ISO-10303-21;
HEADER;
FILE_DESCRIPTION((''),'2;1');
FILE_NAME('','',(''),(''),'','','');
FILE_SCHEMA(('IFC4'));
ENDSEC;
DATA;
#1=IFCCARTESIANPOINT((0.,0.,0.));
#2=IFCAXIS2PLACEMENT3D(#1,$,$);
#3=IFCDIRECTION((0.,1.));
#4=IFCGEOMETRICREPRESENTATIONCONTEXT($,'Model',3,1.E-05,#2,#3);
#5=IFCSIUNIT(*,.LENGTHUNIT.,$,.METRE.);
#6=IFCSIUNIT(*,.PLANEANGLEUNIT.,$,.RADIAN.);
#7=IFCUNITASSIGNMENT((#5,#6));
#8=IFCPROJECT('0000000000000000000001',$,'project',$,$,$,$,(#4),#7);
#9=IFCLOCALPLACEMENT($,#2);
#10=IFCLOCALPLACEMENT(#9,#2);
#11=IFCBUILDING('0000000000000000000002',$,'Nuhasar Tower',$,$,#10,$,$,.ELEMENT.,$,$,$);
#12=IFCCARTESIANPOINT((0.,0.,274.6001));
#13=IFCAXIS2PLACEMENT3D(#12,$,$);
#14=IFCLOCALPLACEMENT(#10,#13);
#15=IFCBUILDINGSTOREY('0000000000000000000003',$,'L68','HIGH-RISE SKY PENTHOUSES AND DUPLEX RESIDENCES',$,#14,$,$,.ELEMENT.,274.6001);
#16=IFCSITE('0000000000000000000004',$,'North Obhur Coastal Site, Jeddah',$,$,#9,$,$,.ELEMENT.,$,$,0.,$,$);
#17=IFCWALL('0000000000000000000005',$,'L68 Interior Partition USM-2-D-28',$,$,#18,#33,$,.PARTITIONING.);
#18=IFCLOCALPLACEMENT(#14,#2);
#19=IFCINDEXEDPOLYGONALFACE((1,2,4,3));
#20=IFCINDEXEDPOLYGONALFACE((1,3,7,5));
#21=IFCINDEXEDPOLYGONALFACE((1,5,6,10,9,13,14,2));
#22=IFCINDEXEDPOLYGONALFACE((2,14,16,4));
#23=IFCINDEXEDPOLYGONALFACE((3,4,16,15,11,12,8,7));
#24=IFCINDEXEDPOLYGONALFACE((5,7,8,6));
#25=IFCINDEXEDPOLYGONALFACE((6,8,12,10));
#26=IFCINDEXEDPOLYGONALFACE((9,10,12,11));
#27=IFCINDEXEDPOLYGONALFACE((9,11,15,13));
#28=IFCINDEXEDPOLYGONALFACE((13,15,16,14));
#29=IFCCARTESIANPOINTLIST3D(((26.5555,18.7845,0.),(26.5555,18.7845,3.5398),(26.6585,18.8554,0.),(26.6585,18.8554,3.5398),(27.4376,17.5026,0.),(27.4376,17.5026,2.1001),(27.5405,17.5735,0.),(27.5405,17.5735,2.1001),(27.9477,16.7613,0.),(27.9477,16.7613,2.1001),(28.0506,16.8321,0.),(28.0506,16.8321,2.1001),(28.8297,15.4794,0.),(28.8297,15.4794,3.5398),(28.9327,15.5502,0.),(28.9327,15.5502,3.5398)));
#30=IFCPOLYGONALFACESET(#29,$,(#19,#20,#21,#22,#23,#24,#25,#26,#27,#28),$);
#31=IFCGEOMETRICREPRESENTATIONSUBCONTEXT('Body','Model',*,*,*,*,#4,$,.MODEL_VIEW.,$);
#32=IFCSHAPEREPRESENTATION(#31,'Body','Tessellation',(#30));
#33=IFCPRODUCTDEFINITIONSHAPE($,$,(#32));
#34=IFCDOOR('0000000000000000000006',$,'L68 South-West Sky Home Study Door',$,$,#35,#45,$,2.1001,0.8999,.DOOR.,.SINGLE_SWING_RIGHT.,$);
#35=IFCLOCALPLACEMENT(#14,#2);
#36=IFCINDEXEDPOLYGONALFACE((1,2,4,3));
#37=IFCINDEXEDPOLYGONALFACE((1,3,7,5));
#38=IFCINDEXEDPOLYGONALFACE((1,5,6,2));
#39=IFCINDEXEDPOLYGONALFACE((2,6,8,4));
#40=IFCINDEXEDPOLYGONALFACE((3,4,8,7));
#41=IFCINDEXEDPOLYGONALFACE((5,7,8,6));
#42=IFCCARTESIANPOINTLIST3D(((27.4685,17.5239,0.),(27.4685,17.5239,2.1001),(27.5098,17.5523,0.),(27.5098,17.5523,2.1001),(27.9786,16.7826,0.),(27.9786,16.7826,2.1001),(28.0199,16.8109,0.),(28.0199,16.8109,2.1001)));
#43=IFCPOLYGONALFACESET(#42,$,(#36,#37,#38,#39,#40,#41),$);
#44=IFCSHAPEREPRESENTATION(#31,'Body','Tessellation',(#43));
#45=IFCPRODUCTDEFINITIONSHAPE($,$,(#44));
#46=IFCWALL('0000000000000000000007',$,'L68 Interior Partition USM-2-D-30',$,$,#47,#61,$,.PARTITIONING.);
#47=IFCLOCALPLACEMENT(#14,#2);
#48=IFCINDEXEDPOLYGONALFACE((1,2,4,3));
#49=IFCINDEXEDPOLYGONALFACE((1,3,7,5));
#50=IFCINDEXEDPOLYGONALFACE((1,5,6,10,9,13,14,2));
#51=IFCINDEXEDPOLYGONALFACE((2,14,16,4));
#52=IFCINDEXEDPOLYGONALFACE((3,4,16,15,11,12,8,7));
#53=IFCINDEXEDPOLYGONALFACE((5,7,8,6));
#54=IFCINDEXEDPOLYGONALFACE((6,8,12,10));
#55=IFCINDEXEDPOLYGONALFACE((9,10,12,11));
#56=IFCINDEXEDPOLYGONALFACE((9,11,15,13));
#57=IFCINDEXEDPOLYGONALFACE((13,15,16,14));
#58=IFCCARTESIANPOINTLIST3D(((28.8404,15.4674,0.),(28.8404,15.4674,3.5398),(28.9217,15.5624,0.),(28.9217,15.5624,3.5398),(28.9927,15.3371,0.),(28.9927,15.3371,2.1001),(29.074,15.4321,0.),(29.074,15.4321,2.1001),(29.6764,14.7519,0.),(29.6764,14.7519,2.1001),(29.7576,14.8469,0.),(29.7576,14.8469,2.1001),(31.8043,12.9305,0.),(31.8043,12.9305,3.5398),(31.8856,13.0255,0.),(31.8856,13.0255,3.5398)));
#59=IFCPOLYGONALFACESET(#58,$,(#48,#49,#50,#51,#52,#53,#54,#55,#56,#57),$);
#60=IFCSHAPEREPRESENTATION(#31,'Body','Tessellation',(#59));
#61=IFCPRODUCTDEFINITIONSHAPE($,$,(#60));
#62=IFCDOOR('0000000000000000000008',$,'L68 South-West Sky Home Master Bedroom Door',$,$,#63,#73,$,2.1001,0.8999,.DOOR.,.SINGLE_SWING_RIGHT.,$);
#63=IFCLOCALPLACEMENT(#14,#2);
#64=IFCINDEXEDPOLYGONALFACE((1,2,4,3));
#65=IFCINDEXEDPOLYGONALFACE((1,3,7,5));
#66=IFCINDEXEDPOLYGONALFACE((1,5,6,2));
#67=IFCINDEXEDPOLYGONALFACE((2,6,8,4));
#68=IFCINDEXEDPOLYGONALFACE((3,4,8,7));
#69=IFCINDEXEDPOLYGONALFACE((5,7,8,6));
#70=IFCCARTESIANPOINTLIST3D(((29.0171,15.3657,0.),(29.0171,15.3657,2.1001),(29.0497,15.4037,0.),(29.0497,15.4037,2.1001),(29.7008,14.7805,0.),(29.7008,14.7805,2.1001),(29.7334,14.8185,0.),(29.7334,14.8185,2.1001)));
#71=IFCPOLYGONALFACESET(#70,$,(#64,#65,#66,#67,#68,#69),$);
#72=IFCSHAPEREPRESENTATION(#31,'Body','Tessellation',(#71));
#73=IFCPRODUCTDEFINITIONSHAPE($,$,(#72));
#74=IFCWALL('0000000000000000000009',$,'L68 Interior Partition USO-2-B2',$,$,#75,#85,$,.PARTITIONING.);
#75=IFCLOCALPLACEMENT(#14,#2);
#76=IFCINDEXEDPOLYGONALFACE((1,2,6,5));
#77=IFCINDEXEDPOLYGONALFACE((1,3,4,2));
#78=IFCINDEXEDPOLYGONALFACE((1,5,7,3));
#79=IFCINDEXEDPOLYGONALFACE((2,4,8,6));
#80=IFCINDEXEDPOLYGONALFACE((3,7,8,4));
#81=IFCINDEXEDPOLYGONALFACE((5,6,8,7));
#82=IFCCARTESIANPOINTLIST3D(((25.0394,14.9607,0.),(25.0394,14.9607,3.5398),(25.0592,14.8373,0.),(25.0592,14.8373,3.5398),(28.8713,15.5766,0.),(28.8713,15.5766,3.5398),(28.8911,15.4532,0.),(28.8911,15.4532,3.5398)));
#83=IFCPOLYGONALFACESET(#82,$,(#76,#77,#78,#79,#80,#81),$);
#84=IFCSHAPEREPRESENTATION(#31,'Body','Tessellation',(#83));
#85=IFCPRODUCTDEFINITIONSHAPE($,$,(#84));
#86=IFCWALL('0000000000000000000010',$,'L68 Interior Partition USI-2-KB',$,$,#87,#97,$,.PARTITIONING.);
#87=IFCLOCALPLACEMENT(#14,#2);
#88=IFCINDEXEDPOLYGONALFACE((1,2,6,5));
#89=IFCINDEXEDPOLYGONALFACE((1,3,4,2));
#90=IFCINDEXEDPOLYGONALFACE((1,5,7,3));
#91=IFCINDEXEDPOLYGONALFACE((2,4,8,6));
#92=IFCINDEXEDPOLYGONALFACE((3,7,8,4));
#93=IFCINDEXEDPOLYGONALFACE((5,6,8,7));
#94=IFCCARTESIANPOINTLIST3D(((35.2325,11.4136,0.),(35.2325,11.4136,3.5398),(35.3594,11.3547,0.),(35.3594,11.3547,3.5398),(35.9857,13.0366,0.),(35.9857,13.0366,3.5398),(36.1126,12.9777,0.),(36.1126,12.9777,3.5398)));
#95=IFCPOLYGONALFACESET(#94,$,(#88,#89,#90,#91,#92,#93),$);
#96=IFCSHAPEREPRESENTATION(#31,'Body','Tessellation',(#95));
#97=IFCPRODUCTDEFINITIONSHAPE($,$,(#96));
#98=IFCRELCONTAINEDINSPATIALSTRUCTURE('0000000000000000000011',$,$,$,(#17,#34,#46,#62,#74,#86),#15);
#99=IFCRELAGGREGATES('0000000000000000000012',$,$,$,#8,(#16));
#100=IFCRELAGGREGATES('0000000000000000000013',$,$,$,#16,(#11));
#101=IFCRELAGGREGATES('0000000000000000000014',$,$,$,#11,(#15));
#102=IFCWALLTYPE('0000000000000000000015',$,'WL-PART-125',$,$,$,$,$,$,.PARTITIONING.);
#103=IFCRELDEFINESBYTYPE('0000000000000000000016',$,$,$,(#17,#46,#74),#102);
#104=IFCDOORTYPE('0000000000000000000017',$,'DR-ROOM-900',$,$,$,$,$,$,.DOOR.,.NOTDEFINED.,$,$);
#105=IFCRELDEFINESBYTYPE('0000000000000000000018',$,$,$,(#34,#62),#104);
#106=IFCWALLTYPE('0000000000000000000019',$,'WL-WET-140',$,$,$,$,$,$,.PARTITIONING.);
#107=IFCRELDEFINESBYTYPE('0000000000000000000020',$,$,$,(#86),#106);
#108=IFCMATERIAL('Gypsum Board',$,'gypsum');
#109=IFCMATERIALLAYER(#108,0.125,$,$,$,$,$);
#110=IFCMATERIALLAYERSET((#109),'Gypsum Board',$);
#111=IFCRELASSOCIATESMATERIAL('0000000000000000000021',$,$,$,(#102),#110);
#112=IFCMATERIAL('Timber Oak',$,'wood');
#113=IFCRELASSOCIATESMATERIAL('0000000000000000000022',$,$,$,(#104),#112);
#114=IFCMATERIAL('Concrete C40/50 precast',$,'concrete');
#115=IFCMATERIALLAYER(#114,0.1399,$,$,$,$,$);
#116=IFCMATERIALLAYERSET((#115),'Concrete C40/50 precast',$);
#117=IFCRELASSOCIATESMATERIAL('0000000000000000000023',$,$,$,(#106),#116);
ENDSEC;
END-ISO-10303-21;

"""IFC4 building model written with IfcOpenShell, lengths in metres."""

from ifc_helpers import new_model, si_unit, direction, frame, frame_2d, origin, place, context, subcontext, project, spatial, rectangle, extrude, material, layer, layer_set, type_object, element, fill, save


model = new_model("IFC4")

# Units and contexts
model_context = context("Model", 3, precision=1e-05, world=origin(), true_north=direction((0.0, 1.0)))
body_context = subcontext(model_context, "Body", "Model", "MODEL_VIEW")
ifc_project = project(units=[si_unit("LENGTHUNIT", "METRE"), si_unit("PLANEANGLEUNIT", "RADIAN")], contexts=[model_context])

# Site, building, storey
site_placement = place(None, origin())
site = spatial("IfcSite", under=ifc_project, at=site_placement, Name="North Obhur Coastal Site, Jeddah", CompositionType="ELEMENT", RefElevation=0.0)
building_placement = place(site_placement, origin())
building = spatial("IfcBuilding", under=site, at=building_placement, Name="Nuhasar Tower", CompositionType="ELEMENT")
storey_placement = place(building_placement, frame((0.0, 0.0, 274.6001)))
storey = spatial("IfcBuildingStorey", under=building, at=storey_placement, Name="L68", Description="HIGH-RISE SKY PENTHOUSES AND DUPLEX RESIDENCES", CompositionType="ELEMENT", Elevation=274.6001)

# Shared definitions
ifc_material_1 = material(Name="Gypsum Board", Category="gypsum")

# Shared definitions
ifc_layer_1 = layer(ifc_material_1, 0.125)
ifc_layer_set_1 = layer_set([ifc_layer_1], Name="Gypsum Board")
wall_type_1 = type_object("IfcWallType", Name="WL-PART-125", PredefinedType="PARTITIONING", material=ifc_layer_set_1)
ifc_material_2 = material(Name="Timber Oak", Category="wood")
door_type = type_object("IfcDoorType", Name="DR-ROOM-900", OperationType="NOTDEFINED", PredefinedType="DOOR", material=ifc_material_2)

# Walls, openings, doors
wall_1_placement = place(storey_placement, frame((28.8811, 15.5149, 0.0), z_axis=(0.0, 0.0, 1.0), x_axis=(-0.566844, 0.823825, 0.0)))
wall_1 = element("IfcWall", 1, at=wall_1_placement, inside=storey, type_object=wall_type_1, Name="L68 Interior Partition USM-2-D-28", PredefinedType="PARTITIONING", context=body_context, shape_type="SweptSolid", body=[
    extrude(rectangle(XDim=4.012, YDim=0.125, at=frame_2d((2.0059, 0.0))), origin(), (0.0, 0.0, 1.0), 3.5398),
])
opening_1_placement = place(wall_1_placement, frame((1.5559, 0.0, 0.0)))
opening_1 = element("IfcOpeningElement", 2, at=opening_1_placement, cuts=wall_1, PredefinedType="OPENING", context=body_context, shape_type="SweptSolid", body=[
    extrude(rectangle(XDim=0.8999, YDim=2.1001, at=frame_2d((0.45, 1.05))), frame((0.0, 0.0725, 0.0), z_axis=(0.0, -1.0, 0.0), x_axis=(1.0, 0.0, 0.0)), (0.0, 0.0, 1.0), 0.145),
])
door_1_placement = place(opening_1_placement, origin())
door_1 = element("IfcDoor", 3, at=door_1_placement, inside=storey, type_object=door_type, Name="L68 South-West Sky Home Study Door", OperationType="SINGLE_SWING_RIGHT", OverallHeight=2.1001, OverallWidth=0.8999, PredefinedType="DOOR", context=body_context, shape_type="SweptSolid", body=[
    extrude(rectangle(XDim=0.8999, YDim=2.1001, at=frame_2d((0.45, 1.05))), frame((0.0, 0.0249, 0.0), z_axis=(0.0, -1.0, 0.0), x_axis=(1.0, 0.0, 0.0)), (0.0, 0.0, 1.0), 0.05),
])
fill(opening_1, door_1)
wall_2_placement = place(storey_placement, frame((31.845, 12.978, 0.0), z_axis=(0.0, 0.0, 1.0), x_axis=(-0.759711, 0.65026, 0.0)))
wall_2 = element("IfcWall", 4, at=wall_2_placement, inside=storey, type_object=wall_type_1, Name="L68 Interior Partition USM-2-D-30", PredefinedType="PARTITIONING", context=body_context, shape_type="SweptSolid", body=[
    extrude(rectangle(XDim=3.9014, YDim=0.125, at=frame_2d((1.9507, 0.0))), origin(), (0.0, 0.0, 1.0), 3.5398),
])
opening_2_placement = place(wall_2_placement, frame((2.801, 0.0, 0.0)))
opening_2 = element("IfcOpeningElement", 5, at=opening_2_placement, cuts=wall_2, PredefinedType="OPENING", context=body_context, shape_type="SweptSolid", body=[
    extrude(rectangle(XDim=0.8999, YDim=2.1001, at=frame_2d((0.45, 1.05))), frame((0.0, 0.0725, 0.0), z_axis=(0.0, -1.0, 0.0), x_axis=(1.0, 0.0, 0.0)), (0.0, 0.0, 1.0), 0.145),
])
door_2_placement = place(opening_2_placement, origin())
door_2 = element("IfcDoor", 6, at=door_2_placement, inside=storey, type_object=door_type, Name="L68 South-West Sky Home Master Bedroom Door", OperationType="SINGLE_SWING_RIGHT", OverallHeight=2.1001, OverallWidth=0.8999, PredefinedType="DOOR", context=body_context, shape_type="SweptSolid", body=[
    extrude(rectangle(XDim=0.8999, YDim=2.1001, at=frame_2d((0.45, 1.05))), frame((0.0, 0.0249, 0.0), z_axis=(0.0, -1.0, 0.0), x_axis=(1.0, 0.0, 0.0)), (0.0, 0.0, 1.0), 0.05),
])
fill(opening_2, door_2)

# Walls
wall_3_placement = place(storey_placement, frame((28.8811, 15.5149, 0.0), z_axis=(0.0, 0.0, 1.0), x_axis=(-0.987326, -0.158704, 0.0)))
element("IfcWall", 7, at=wall_3_placement, inside=storey, type_object=wall_type_1, Name="L68 Interior Partition USO-2-B2", PredefinedType="PARTITIONING", context=body_context, shape_type="SweptSolid", body=[
    extrude(rectangle(XDim=3.8811, YDim=0.125, at=frame_2d((1.9404, 0.0))), origin(), (0.0, 0.0, 1.0), 3.5398),
])
ifc_material_3 = material(Name="Concrete C40/50 precast", Category="concrete")
ifc_layer_2 = layer(ifc_material_3, 0.1399)
ifc_layer_set_2 = layer_set([ifc_layer_2], Name="Concrete C40/50 precast")
wall_type_2 = type_object("IfcWallType", Name="WL-WET-140", PredefinedType="PARTITIONING", material=ifc_layer_set_2)
wall_4_placement = place(storey_placement, frame((36.0491, 13.0071, 0.0), z_axis=(0.0, 0.0, 1.0), x_axis=(-0.420935, -0.907091, 0.0)))
element("IfcWall", 8, at=wall_4_placement, inside=storey, type_object=wall_type_2, Name="L68 Interior Partition USI-2-KB", PredefinedType="PARTITIONING", context=body_context, shape_type="SweptSolid", body=[
    extrude(rectangle(XDim=1.7893, YDim=0.1399, at=frame_2d((0.8945, 0.0))), origin(), (0.0, 0.0, 1.0), 3.5398),
])

save(model, "model.ifc")
